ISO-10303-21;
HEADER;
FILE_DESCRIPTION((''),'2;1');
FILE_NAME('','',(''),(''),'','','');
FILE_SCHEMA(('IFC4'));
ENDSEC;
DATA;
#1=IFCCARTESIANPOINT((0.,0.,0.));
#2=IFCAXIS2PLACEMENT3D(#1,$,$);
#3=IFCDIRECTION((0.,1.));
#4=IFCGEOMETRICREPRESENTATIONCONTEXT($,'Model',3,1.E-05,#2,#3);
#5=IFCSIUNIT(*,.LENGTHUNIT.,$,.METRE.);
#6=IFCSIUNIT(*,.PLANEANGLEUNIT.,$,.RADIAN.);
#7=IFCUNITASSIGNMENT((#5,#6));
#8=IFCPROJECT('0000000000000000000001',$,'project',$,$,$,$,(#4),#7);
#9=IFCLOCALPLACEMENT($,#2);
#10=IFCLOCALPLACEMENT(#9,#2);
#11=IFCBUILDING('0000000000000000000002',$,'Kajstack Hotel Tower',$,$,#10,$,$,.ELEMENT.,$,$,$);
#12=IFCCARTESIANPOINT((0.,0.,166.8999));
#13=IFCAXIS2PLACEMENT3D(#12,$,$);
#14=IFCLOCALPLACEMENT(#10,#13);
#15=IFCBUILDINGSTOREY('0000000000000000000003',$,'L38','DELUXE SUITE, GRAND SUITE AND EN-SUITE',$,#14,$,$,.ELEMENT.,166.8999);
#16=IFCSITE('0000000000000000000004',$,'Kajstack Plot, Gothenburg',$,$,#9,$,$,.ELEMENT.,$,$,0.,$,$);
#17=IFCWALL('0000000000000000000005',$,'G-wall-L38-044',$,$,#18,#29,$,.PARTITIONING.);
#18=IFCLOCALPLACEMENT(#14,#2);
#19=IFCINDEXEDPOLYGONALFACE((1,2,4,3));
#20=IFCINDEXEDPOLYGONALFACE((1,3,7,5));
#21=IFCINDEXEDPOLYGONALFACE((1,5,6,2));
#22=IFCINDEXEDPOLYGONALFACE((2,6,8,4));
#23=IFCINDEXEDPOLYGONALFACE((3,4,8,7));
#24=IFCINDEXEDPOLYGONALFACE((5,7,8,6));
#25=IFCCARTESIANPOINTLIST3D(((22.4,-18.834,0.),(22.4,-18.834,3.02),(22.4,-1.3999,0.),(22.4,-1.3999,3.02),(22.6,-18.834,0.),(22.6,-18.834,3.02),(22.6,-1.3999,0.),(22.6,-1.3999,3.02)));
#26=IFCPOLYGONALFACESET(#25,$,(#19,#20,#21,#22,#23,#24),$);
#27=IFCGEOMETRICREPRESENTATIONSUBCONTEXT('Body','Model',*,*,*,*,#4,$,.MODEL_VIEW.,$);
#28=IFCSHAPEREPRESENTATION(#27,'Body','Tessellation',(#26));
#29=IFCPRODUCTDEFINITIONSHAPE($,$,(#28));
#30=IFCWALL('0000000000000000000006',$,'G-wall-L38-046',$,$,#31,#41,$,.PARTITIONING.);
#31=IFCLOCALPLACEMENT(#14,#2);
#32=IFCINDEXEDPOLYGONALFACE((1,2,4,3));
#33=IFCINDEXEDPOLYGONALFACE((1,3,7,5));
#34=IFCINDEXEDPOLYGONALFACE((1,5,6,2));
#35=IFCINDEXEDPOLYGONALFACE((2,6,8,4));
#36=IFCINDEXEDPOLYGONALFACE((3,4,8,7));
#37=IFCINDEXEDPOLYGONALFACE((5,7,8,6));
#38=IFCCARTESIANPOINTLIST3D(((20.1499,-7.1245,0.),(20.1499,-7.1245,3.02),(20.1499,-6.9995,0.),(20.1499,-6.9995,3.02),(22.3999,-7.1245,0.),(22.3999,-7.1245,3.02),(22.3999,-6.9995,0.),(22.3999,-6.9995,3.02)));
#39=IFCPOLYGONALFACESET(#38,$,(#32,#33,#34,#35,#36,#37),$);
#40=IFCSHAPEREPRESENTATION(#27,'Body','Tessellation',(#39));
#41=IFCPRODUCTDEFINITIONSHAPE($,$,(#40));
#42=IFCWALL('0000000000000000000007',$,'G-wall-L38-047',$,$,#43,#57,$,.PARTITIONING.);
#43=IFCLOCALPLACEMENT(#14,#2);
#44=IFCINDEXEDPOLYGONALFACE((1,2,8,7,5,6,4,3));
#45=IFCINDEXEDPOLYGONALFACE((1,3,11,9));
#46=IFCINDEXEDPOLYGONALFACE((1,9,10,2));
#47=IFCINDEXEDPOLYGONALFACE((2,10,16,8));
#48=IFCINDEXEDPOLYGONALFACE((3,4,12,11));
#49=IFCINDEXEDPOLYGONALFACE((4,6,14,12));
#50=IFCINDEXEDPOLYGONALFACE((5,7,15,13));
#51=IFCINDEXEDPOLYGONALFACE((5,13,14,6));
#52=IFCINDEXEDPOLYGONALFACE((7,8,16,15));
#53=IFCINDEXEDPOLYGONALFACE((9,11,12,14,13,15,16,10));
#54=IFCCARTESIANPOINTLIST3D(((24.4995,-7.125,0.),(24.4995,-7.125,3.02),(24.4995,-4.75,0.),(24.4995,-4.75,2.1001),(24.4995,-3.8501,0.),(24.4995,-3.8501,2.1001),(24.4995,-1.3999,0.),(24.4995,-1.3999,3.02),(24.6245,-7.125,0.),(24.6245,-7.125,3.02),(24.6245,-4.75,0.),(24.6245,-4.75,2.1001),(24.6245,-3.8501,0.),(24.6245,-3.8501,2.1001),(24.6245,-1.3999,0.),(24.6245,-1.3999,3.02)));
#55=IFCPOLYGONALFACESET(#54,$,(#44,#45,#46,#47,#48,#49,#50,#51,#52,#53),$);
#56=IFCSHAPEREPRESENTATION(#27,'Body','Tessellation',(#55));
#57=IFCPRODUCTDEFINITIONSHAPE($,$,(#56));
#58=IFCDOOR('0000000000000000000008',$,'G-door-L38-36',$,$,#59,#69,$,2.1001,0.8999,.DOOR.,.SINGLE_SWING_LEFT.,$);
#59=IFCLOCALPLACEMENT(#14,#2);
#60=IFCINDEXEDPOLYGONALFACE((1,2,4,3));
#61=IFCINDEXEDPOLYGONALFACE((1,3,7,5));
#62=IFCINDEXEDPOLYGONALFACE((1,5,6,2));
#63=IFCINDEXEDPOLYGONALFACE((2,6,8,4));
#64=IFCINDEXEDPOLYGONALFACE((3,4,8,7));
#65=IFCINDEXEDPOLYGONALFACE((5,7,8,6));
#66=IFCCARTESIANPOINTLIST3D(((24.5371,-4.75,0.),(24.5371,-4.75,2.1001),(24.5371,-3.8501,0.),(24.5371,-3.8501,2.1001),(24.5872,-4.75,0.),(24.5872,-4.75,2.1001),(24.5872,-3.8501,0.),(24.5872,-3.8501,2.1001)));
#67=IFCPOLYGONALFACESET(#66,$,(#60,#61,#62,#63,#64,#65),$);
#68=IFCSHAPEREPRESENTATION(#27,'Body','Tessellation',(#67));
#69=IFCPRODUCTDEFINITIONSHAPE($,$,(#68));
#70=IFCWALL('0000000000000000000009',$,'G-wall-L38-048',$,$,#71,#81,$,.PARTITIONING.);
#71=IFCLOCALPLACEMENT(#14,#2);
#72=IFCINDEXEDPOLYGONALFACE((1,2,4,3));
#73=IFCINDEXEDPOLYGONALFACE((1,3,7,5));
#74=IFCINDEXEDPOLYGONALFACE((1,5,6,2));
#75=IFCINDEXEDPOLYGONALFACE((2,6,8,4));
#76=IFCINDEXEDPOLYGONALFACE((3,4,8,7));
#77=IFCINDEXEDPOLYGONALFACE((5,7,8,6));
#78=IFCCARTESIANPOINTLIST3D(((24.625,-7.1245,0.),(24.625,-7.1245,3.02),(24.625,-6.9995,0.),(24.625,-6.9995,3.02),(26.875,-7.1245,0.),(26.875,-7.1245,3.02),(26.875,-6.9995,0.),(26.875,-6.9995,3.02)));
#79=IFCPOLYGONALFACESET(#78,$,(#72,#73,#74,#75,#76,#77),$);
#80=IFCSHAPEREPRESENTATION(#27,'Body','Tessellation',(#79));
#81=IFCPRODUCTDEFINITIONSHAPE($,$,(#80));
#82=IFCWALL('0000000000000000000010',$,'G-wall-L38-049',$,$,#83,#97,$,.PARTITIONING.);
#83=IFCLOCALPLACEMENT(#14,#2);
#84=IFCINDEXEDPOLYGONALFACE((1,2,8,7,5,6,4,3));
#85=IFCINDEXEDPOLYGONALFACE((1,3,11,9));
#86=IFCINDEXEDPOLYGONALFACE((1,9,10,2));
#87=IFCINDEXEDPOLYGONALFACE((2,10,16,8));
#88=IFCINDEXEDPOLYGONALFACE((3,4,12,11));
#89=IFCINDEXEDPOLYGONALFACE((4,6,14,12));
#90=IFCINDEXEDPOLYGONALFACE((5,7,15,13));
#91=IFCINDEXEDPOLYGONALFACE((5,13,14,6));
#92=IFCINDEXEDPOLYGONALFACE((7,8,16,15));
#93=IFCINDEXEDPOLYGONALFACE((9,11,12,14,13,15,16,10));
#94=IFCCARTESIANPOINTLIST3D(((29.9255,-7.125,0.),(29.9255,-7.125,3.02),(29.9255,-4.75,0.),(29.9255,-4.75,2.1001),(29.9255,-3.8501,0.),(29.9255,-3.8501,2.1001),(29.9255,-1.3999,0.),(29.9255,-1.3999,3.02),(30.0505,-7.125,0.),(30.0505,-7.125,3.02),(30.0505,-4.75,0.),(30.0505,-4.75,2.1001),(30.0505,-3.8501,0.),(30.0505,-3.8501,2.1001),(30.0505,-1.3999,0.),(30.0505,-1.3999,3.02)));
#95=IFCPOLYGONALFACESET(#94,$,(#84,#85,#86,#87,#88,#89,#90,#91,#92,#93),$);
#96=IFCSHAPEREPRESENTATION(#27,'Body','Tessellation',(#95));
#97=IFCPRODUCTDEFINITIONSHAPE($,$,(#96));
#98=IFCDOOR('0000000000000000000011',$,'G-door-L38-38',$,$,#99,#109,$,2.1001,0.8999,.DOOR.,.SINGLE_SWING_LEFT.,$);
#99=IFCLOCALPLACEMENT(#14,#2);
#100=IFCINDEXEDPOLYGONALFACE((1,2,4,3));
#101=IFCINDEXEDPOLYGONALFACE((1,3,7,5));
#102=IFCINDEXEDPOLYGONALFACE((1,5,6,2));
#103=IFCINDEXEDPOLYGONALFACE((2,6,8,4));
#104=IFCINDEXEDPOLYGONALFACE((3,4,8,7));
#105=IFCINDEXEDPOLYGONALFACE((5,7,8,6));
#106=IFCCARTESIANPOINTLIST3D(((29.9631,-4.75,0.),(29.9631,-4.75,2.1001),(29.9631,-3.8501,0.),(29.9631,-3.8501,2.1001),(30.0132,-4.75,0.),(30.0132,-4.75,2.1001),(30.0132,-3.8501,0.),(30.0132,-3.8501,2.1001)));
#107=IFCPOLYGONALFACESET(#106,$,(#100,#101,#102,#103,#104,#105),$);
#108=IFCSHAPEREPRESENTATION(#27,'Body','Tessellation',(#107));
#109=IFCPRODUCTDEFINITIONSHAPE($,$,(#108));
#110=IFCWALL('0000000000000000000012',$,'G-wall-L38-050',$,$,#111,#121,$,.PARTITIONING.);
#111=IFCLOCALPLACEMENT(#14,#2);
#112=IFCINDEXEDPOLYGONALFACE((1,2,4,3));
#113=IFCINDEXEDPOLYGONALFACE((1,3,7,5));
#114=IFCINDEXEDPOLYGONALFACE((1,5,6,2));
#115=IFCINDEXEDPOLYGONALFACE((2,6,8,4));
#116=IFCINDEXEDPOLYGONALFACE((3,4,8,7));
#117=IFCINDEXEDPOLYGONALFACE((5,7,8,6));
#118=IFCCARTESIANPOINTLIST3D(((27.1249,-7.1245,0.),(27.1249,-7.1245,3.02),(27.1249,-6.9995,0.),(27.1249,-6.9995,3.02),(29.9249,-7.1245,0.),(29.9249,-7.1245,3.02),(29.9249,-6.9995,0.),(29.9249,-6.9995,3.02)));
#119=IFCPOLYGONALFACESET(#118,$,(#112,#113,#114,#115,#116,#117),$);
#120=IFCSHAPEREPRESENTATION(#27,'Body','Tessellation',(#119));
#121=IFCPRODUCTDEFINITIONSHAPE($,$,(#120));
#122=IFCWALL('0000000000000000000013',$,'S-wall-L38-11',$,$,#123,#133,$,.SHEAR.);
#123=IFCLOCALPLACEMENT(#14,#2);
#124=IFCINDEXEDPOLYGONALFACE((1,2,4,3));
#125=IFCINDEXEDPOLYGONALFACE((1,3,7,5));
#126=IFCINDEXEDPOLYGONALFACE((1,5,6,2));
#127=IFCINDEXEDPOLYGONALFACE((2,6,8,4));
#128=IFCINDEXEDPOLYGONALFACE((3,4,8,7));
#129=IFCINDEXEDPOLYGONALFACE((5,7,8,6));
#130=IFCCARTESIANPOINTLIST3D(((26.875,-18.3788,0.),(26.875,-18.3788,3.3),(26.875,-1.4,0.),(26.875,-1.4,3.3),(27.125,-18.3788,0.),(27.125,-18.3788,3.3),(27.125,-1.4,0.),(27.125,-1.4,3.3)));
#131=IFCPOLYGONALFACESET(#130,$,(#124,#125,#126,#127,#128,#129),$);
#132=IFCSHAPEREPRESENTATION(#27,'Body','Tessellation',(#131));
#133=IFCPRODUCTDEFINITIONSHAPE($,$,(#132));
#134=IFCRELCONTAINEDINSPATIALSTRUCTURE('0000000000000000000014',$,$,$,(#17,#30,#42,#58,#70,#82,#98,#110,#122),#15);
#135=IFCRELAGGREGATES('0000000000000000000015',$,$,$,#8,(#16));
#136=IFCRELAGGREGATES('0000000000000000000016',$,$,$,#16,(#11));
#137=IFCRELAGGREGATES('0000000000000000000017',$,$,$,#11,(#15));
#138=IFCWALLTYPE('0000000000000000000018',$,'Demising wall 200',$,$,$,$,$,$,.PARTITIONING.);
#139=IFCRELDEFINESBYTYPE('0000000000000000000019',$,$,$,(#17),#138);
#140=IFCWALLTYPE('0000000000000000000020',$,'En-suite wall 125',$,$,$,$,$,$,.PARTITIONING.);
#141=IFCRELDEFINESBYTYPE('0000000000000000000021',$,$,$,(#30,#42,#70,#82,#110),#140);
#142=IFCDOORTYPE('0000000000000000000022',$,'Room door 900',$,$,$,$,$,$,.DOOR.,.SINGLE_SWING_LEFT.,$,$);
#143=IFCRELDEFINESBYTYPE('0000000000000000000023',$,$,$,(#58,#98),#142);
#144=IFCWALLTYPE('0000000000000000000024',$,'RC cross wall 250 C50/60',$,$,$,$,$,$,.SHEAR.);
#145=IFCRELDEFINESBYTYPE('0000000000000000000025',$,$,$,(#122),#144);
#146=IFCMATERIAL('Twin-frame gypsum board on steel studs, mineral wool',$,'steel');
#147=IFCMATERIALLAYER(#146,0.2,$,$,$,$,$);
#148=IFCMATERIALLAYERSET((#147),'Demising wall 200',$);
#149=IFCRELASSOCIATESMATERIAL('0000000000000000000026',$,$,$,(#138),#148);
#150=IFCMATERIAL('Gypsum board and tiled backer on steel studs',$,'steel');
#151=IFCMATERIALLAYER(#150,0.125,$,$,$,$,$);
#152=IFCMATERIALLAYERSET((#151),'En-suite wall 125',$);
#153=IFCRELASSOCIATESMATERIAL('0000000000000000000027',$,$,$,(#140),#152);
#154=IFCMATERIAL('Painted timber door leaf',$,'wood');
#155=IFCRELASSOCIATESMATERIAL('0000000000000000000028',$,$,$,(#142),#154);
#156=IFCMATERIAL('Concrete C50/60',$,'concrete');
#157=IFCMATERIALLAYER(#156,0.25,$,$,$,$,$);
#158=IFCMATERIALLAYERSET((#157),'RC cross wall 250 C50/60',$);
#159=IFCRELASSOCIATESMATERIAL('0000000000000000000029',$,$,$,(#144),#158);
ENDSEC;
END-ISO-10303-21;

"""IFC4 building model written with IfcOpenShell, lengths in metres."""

from ifc_helpers import new_model, si_unit, direction, frame, frame_2d, origin, place, context, subcontext, project, spatial, rectangle, extrude, material, layer, layer_set, type_object, element, fill, save


model = new_model("IFC4")

# Units and contexts
model_context = context("Model", 3, precision=1e-05, world=origin(), true_north=direction((0.0, 1.0)))
body_context = subcontext(model_context, "Body", "Model", "MODEL_VIEW")
ifc_project = project(units=[si_unit("LENGTHUNIT", "METRE"), si_unit("PLANEANGLEUNIT", "RADIAN")], contexts=[model_context])

# Site, building, storey
site_placement = place(None, origin())
site = spatial("IfcSite", under=ifc_project, at=site_placement, Name="Kajstack Plot, Gothenburg", CompositionType="ELEMENT", RefElevation=0.0)
building_placement = place(site_placement, origin())
building = spatial("IfcBuilding", under=site, at=building_placement, Name="Kajstack Hotel Tower", CompositionType="ELEMENT")
storey_placement = place(building_placement, frame((0.0, 0.0, 166.8999)))
storey = spatial("IfcBuildingStorey", under=building, at=storey_placement, Name="L38", Description="DELUXE SUITE, GRAND SUITE AND EN-SUITE", CompositionType="ELEMENT", Elevation=166.8999)

# Walls
ifc_material_1 = material(Name="Twin-frame gypsum board on steel studs, mineral wool", Category="steel")
ifc_layer_1 = layer(ifc_material_1, 0.2)
ifc_layer_set_1 = layer_set([ifc_layer_1], Name="Demising wall 200")
wall_type_1 = type_object("IfcWallType", Name="Demising wall 200", PredefinedType="PARTITIONING", material=ifc_layer_set_1)
wall_1_placement = place(storey_placement, frame((22.5, -18.834, 0.0), z_axis=(0.0, 0.0, 1.0), x_axis=(0.0, 1.0, 0.0)))
element("IfcWall", 1, at=wall_1_placement, inside=storey, type_object=wall_type_1, Name="G-wall-L38-044", PredefinedType="PARTITIONING", context=body_context, shape_type="SweptSolid", body=[
    extrude(rectangle(XDim=17.4341, YDim=0.2, at=frame_2d((8.717, 0.0))), origin(), (0.0, 0.0, 1.0), 3.02),
])
ifc_material_2 = material(Name="Gypsum board and tiled backer on steel studs", Category="steel")
ifc_layer_2 = layer(ifc_material_2, 0.125)
ifc_layer_set_2 = layer_set([ifc_layer_2], Name="En-suite wall 125")
wall_type_2 = type_object("IfcWallType", Name="En-suite wall 125", PredefinedType="PARTITIONING", material=ifc_layer_set_2)
wall_2_placement = place(storey_placement, frame((20.1499, -7.062, 0.0), z_axis=(0.0, 0.0, 1.0), x_axis=(1.0, 0.0, 0.0)))
element("IfcWall", 2, at=wall_2_placement, inside=storey, type_object=wall_type_2, Name="G-wall-L38-046", PredefinedType="PARTITIONING", context=body_context, shape_type="SweptSolid", body=[
    extrude(rectangle(XDim=2.25, YDim=0.125, at=frame_2d((1.125, 0.0))), origin(), (0.0, 0.0, 1.0), 3.02),
])

# Wall, opening, door
wall_3_placement = place(storey_placement, frame((24.562, -7.125, 0.0), z_axis=(0.0, 0.0, 1.0), x_axis=(0.0, 1.0, 0.0)))
wall_3 = element("IfcWall", 3, at=wall_3_placement, inside=storey, type_object=wall_type_2, Name="G-wall-L38-047", PredefinedType="PARTITIONING", context=body_context, shape_type="SweptSolid", body=[
    extrude(rectangle(XDim=5.7251, YDim=0.125, at=frame_2d((2.8625, 0.0))), origin(), (0.0, 0.0, 1.0), 3.02),
])
opening_1_placement = place(wall_3_placement, frame((2.375, 0.0, 0.0)))
opening_1 = element("IfcOpeningElement", 4, at=opening_1_placement, cuts=wall_3, PredefinedType="OPENING", context=body_context, shape_type="SweptSolid", body=[
    extrude(rectangle(XDim=0.8999, YDim=2.1001, at=frame_2d((0.45, 1.05))), frame((0.0, 0.0725, 0.0), z_axis=(0.0, -1.0, 0.0), x_axis=(1.0, 0.0, 0.0)), (0.0, 0.0, 1.0), 0.145),
])
ifc_material_3 = material(Name="Painted timber door leaf", Category="wood")
door_type_1 = type_object("IfcDoorType", Name="Room door 900", OperationType="SINGLE_SWING_LEFT", PredefinedType="DOOR", material=ifc_material_3)
door_1_placement = place(opening_1_placement, origin())
door_1 = element("IfcDoor", 5, at=door_1_placement, inside=storey, type_object=door_type_1, Name="G-door-L38-36", OperationType="SINGLE_SWING_LEFT", OverallHeight=2.1001, OverallWidth=0.8999, PredefinedType="DOOR", context=body_context, shape_type="SweptSolid", body=[
    extrude(rectangle(XDim=0.8999, YDim=2.1001, at=frame_2d((0.45, 1.05))), frame((0.0, 0.0249, 0.0), z_axis=(0.0, -1.0, 0.0), x_axis=(1.0, 0.0, 0.0)), (0.0, 0.0, 1.0), 0.05),
])
fill(opening_1, door_1)

# Wall
wall_4_placement = place(storey_placement, frame((24.625, -7.062, 0.0), z_axis=(0.0, 0.0, 1.0), x_axis=(1.0, 0.0, 0.0)))
element("IfcWall", 6, at=wall_4_placement, inside=storey, type_object=wall_type_2, Name="G-wall-L38-048", PredefinedType="PARTITIONING", context=body_context, shape_type="SweptSolid", body=[
    extrude(rectangle(XDim=2.25, YDim=0.125, at=frame_2d((1.125, 0.0))), origin(), (0.0, 0.0, 1.0), 3.02),
])

# Wall, opening, door
wall_5_placement = place(storey_placement, frame((29.988, -7.125, 0.0), z_axis=(0.0, 0.0, 1.0), x_axis=(0.0, 1.0, 0.0)))
wall_5 = element("IfcWall", 7, at=wall_5_placement, inside=storey, type_object=wall_type_2, Name="G-wall-L38-049", PredefinedType="PARTITIONING", context=body_context, shape_type="SweptSolid", body=[
    extrude(rectangle(XDim=5.7251, YDim=0.125, at=frame_2d((2.8625, 0.0))), origin(), (0.0, 0.0, 1.0), 3.02),
])
opening_2_placement = place(wall_5_placement, frame((2.375, 0.0, 0.0)))
opening_2 = element("IfcOpeningElement", 8, at=opening_2_placement, cuts=wall_5, PredefinedType="OPENING", context=body_context, shape_type="SweptSolid", body=[
    extrude(rectangle(XDim=0.8999, YDim=2.1001, at=frame_2d((0.45, 1.05))), frame((0.0, 0.0725, 0.0), z_axis=(0.0, -1.0, 0.0), x_axis=(1.0, 0.0, 0.0)), (0.0, 0.0, 1.0), 0.145),
])
door_2_placement = place(opening_2_placement, origin())
door_2 = element("IfcDoor", 9, at=door_2_placement, inside=storey, type_object=door_type_1, Name="G-door-L38-38", OperationType="SINGLE_SWING_LEFT", OverallHeight=2.1001, OverallWidth=0.8999, PredefinedType="DOOR", context=body_context, shape_type="SweptSolid", body=[
    extrude(rectangle(XDim=0.8999, YDim=2.1001, at=frame_2d((0.45, 1.05))), frame((0.0, 0.0249, 0.0), z_axis=(0.0, -1.0, 0.0), x_axis=(1.0, 0.0, 0.0)), (0.0, 0.0, 1.0), 0.05),
])
fill(opening_2, door_2)

# Walls
wall_6_placement = place(storey_placement, frame((27.125, -7.062, 0.0), z_axis=(0.0, 0.0, 1.0), x_axis=(1.0, 0.0, 0.0)))
element("IfcWall", 10, at=wall_6_placement, inside=storey, type_object=wall_type_2, Name="G-wall-L38-050", PredefinedType="PARTITIONING", context=body_context, shape_type="SweptSolid", body=[
    extrude(rectangle(XDim=2.8, YDim=0.125, at=frame_2d((1.3999, 0.0))), origin(), (0.0, 0.0, 1.0), 3.02),
])
ifc_material_4 = material(Name="Concrete C50/60", Category="concrete")
ifc_layer_3 = layer(ifc_material_4, 0.25)
ifc_layer_set_3 = layer_set([ifc_layer_3], Name="RC cross wall 250 C50/60")
wall_type_3 = type_object("IfcWallType", Name="RC cross wall 250 C50/60", PredefinedType="SHEAR", material=ifc_layer_set_3)
wall_7_placement = place(storey_placement, frame((27.0, -18.3787, 0.0), z_axis=(0.0, 0.0, 1.0), x_axis=(0.0, 1.0, 0.0)))
element("IfcWall", 11, at=wall_7_placement, inside=storey, type_object=wall_type_3, Name="S-wall-L38-11", PredefinedType="SHEAR", context=body_context, shape_type="SweptSolid", body=[
    extrude(rectangle(XDim=16.9788, YDim=0.25, at=frame_2d((8.4893, 0.0))), origin(), (0.0, 0.0, 1.0), 3.3),
])

save(model, "model.ifc")
